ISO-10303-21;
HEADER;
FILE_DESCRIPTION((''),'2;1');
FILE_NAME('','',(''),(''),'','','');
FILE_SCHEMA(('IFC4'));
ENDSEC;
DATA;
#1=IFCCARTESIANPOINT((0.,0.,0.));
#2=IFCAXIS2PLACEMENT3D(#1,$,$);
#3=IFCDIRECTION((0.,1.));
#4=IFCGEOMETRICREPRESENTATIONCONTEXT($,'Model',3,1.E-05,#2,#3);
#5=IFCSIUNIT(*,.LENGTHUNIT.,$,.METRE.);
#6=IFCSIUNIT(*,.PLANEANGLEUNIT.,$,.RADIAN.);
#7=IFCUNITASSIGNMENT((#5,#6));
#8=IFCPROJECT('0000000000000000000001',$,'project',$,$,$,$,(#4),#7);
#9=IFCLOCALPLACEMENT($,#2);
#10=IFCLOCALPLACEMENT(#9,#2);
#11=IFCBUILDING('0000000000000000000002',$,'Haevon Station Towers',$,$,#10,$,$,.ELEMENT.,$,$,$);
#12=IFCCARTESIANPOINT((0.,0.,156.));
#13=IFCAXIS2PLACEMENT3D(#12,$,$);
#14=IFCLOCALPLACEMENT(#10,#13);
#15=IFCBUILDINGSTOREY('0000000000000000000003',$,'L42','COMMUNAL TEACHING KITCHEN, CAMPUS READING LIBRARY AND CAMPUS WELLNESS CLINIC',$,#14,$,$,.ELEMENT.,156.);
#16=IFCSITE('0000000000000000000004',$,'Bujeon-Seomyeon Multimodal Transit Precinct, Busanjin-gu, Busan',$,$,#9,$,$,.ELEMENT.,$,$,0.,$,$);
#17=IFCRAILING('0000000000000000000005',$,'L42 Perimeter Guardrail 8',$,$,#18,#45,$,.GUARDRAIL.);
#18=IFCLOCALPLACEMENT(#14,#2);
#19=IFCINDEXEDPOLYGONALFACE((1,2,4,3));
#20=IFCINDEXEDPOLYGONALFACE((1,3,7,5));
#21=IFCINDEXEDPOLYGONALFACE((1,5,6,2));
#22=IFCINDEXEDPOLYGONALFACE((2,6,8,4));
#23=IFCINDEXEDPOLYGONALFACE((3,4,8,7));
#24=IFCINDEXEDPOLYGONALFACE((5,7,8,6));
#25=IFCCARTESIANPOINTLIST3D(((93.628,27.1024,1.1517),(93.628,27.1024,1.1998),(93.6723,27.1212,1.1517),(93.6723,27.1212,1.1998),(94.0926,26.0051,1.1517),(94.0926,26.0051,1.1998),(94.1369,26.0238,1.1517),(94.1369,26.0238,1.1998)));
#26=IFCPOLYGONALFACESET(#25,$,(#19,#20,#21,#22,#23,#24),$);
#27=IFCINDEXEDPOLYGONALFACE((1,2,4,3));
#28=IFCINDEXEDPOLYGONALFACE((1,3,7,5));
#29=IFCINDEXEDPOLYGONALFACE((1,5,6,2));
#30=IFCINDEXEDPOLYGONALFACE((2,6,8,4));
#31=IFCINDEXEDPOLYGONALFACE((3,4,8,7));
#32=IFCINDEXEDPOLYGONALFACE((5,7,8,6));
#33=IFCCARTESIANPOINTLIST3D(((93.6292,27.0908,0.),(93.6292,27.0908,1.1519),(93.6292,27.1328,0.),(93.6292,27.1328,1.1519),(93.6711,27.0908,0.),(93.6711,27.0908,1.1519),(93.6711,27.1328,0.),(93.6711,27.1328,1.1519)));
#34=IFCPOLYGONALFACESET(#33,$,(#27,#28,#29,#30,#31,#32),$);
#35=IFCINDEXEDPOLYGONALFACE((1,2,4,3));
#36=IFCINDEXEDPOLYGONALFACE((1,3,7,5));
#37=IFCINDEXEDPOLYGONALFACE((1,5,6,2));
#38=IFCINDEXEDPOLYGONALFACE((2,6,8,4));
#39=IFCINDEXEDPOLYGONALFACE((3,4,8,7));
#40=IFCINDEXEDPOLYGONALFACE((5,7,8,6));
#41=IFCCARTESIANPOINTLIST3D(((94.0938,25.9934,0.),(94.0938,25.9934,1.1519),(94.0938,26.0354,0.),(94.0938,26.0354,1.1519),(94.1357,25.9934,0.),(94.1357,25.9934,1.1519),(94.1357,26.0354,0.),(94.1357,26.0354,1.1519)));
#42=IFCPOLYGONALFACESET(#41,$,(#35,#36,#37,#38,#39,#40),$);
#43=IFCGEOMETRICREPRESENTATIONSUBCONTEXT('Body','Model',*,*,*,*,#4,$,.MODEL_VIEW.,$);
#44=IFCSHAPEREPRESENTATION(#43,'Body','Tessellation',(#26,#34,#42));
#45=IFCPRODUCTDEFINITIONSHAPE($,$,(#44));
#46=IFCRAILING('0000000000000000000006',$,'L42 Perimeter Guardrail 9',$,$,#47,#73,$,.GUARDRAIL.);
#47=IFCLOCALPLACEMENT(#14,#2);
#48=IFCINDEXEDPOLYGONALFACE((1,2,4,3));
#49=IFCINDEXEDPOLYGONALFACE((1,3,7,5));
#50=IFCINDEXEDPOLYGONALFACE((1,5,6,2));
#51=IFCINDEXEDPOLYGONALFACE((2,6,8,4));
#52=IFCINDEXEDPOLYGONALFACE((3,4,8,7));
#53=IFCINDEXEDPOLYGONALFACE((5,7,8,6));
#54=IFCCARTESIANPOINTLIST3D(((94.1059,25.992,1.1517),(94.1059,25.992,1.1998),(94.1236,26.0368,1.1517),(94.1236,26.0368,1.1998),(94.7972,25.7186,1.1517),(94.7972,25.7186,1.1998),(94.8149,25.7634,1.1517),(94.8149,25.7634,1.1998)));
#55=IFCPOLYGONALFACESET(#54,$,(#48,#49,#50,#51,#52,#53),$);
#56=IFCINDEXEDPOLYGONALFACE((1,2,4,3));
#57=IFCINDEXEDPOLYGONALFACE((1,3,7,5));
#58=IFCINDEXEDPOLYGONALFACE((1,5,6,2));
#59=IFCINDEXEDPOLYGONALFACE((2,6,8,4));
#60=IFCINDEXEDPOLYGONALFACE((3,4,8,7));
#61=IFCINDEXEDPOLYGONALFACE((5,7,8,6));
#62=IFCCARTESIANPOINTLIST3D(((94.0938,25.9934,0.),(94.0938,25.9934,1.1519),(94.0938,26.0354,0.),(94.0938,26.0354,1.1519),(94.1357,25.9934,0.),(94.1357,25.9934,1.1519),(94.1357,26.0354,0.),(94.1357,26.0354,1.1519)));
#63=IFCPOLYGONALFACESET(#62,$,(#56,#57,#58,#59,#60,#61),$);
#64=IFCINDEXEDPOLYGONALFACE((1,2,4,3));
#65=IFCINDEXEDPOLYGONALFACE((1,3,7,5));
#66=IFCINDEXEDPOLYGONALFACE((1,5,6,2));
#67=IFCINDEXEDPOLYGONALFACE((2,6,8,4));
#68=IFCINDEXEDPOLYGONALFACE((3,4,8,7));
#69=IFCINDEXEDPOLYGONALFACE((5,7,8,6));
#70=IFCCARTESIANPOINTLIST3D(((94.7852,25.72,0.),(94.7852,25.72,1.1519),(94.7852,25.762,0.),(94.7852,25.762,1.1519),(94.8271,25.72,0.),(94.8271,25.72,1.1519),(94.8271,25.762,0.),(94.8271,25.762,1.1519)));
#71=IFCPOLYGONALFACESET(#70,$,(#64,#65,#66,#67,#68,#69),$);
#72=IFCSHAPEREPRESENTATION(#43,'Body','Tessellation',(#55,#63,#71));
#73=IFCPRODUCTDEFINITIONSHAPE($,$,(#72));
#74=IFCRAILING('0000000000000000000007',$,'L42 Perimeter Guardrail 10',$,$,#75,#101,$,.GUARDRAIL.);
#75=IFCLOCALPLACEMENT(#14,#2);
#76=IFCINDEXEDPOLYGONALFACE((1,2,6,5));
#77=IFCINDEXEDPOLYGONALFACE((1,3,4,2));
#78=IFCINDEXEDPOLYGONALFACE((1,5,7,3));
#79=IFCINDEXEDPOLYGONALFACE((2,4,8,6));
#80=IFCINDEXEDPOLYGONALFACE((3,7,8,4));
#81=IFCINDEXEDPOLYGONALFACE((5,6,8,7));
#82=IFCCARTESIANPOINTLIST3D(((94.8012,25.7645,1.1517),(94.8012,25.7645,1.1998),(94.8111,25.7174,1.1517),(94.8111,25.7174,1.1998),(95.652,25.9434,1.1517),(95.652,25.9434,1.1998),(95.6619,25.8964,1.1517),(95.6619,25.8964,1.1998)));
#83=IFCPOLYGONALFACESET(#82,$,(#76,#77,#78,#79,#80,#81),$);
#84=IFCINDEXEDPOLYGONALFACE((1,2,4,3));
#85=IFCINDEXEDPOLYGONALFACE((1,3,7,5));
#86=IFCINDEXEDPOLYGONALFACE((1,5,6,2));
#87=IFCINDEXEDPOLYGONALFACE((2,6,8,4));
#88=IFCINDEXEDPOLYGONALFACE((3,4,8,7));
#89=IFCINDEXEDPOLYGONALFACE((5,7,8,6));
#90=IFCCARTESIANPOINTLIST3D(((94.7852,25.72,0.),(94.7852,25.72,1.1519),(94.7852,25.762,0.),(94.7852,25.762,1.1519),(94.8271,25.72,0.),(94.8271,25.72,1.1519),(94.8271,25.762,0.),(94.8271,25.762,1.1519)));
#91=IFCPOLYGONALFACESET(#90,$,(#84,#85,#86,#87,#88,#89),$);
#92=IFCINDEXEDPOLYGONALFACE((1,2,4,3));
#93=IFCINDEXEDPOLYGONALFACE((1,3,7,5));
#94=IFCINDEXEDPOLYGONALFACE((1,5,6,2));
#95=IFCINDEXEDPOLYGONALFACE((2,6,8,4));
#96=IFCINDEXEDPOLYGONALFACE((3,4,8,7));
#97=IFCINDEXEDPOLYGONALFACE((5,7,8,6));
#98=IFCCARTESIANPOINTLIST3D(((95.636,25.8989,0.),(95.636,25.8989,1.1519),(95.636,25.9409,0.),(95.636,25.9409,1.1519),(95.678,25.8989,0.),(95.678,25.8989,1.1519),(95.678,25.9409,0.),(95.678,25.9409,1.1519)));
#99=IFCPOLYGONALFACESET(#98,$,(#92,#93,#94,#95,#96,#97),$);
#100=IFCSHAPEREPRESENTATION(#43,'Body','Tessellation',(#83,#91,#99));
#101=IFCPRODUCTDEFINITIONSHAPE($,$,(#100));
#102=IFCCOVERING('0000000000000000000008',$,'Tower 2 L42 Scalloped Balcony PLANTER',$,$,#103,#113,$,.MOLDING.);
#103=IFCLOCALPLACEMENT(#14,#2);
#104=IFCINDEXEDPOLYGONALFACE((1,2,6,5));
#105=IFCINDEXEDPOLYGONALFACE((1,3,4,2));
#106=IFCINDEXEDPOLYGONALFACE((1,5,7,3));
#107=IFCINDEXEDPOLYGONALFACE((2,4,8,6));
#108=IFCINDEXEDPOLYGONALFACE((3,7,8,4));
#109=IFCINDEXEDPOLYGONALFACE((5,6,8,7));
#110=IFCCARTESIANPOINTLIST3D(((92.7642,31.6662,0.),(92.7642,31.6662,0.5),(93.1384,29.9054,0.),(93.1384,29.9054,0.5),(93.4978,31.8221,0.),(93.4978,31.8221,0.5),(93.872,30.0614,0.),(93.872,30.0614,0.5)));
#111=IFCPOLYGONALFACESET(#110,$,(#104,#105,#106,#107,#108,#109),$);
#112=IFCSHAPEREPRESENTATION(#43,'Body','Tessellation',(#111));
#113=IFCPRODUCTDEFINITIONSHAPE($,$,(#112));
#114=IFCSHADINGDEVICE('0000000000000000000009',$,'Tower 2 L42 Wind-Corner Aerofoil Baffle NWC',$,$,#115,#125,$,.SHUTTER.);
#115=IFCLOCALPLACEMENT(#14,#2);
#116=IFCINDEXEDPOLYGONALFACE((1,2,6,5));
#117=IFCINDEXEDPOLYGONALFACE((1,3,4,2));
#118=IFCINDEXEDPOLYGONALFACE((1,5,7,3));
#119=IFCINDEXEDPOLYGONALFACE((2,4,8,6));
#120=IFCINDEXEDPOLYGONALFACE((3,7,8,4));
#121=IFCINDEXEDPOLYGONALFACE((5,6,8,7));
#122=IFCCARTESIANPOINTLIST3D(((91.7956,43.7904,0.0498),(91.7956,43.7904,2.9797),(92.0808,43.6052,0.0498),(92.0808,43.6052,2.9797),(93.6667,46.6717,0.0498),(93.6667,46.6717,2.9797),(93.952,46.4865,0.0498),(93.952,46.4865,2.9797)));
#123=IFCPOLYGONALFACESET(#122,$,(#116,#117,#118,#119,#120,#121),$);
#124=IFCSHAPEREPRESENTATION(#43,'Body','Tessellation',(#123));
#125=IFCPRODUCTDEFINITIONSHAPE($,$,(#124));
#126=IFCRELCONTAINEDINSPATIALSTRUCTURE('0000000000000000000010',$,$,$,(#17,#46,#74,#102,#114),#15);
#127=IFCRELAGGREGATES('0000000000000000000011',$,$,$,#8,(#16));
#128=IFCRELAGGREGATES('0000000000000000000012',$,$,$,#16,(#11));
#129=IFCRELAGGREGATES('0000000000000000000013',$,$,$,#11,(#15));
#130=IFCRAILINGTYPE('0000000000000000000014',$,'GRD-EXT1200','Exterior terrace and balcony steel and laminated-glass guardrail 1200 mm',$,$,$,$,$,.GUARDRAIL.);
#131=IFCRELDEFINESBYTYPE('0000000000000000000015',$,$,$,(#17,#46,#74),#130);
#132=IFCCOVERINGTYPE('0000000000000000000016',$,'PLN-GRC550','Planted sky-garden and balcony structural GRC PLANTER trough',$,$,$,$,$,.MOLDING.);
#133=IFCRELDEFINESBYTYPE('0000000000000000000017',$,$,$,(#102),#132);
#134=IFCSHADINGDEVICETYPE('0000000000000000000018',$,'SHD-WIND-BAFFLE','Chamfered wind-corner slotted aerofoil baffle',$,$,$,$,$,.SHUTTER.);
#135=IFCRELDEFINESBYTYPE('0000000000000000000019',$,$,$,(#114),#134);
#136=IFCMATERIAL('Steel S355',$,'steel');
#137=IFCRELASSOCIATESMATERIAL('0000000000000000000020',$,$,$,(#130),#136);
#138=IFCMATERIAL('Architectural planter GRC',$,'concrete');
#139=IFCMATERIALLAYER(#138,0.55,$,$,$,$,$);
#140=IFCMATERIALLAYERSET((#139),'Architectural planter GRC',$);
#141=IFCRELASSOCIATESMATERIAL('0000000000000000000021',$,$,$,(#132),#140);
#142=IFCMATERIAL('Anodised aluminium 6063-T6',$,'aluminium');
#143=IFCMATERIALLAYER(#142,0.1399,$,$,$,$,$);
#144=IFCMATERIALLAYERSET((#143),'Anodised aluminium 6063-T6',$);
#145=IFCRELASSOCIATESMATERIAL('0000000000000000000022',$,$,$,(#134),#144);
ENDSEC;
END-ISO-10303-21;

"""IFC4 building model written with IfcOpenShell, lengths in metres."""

from ifc_helpers import new_model, si_unit, direction, frame, origin, origin_2d, place, context, subcontext, project, spatial, rectangle, extrude, material, layer, layer_set, type_object, element, save


model = new_model("IFC4")

# Units and contexts
model_context = context("Model", 3, precision=1e-05, world=origin(), true_north=direction((0.0, 1.0)))
body_context = subcontext(model_context, "Body", "Model", "MODEL_VIEW")
ifc_project = project(units=[si_unit("LENGTHUNIT", "METRE"), si_unit("PLANEANGLEUNIT", "RADIAN")], contexts=[model_context])

# Site, building, storey
site_placement = place(None, origin())
site = spatial("IfcSite", under=ifc_project, at=site_placement, Name="Bujeon-Seomyeon Multimodal Transit Precinct, Busanjin-gu, Busan", CompositionType="ELEMENT", RefElevation=0.0)
building_placement = place(site_placement, origin())
building = spatial("IfcBuilding", under=site, at=building_placement, Name="Haevon Station Towers", CompositionType="ELEMENT")
storey_placement = place(building_placement, frame((0.0, 0.0, 156.0)))
storey = spatial("IfcBuildingStorey", under=building, at=storey_placement, Name="L42", Description="COMMUNAL TEACHING KITCHEN, CAMPUS READING LIBRARY AND CAMPUS WELLNESS CLINIC", CompositionType="ELEMENT", Elevation=156.0)

# Shared definitions
ifc_material_1 = material(Name="Steel S355", Category="steel")

# Railings
railing_type = type_object("IfcRailingType", Name="GRD-EXT1200", Description="Exterior terrace and balcony steel and laminated-glass guardrail 1200 mm", PredefinedType="GUARDRAIL", material=ifc_material_1)
railing_1_placement = place(storey_placement, frame((93.6501, 27.1118, 0.0)))
element("IfcRailing", 1, at=railing_1_placement, inside=storey, type_object=railing_type, Name="L42 Perimeter Guardrail 8", PredefinedType="GUARDRAIL", context=body_context, shape_type="SweptSolid", body=[
    extrude(rectangle(XDim=0.0481, YDim=0.0481, at=origin_2d()), frame((0.0, 0.0, 1.1758), z_axis=(0.389861, -0.920874, 0.0), x_axis=(0.920874, 0.389861, 0.0)), (0.0, 0.0, 1.0), 1.1917),
    extrude(rectangle(XDim=0.042, YDim=0.042, at=origin_2d()), origin(), (0.0, 0.0, 1.0), 1.1519),
    extrude(rectangle(XDim=0.042, YDim=0.042, at=origin_2d()), frame((0.4646, -1.0974, 0.0)), (0.0, 0.0, 1.0), 1.1519),
])
railing_2_placement = place(storey_placement, frame((94.1147, 26.0144, 0.0)))
element("IfcRailing", 2, at=railing_2_placement, inside=storey, type_object=railing_type, Name="L42 Perimeter Guardrail 9", PredefinedType="GUARDRAIL", context=body_context, shape_type="SweptSolid", body=[
    extrude(rectangle(XDim=0.0481, YDim=0.0481, at=origin_2d()), frame((0.0, 0.0, 1.1758), z_axis=(0.929919, -0.367765, 0.0), x_axis=(0.367765, 0.929919, 0.0)), (0.0, 0.0, 1.0), 0.7434),
    extrude(rectangle(XDim=0.042, YDim=0.042, at=origin_2d()), origin(), (0.0, 0.0, 1.0), 1.1519),
    extrude(rectangle(XDim=0.042, YDim=0.042, at=origin_2d()), frame((0.6914, -0.2734, 0.0)), (0.0, 0.0, 1.0), 1.1519),
])
railing_3_placement = place(storey_placement, frame((94.8062, 25.741, 0.0)))
element("IfcRailing", 3, at=railing_3_placement, inside=storey, type_object=railing_type, Name="L42 Perimeter Guardrail 10", PredefinedType="GUARDRAIL", context=body_context, shape_type="SweptSolid", body=[
    extrude(rectangle(XDim=0.0481, YDim=0.0481, at=origin_2d()), frame((0.0, 0.0, 1.1758), z_axis=(0.978588, 0.205827, 0.0), x_axis=(-0.205827, 0.978588, 0.0)), (0.0, 0.0, 1.0), 0.8694),
    extrude(rectangle(XDim=0.042, YDim=0.042, at=origin_2d()), origin(), (0.0, 0.0, 1.0), 1.1519),
    extrude(rectangle(XDim=0.042, YDim=0.042, at=origin_2d()), frame((0.8508, 0.179, 0.0)), (0.0, 0.0, 1.0), 1.1519),
])

# Covering
ifc_material_2 = material(Name="Architectural planter GRC", Category="concrete")
ifc_layer_1 = layer(ifc_material_2, 0.55)
ifc_layer_set_1 = layer_set([ifc_layer_1], Name="Architectural planter GRC")
covering_type = type_object("IfcCoveringType", Name="PLN-GRC550", Description="Planted sky-garden and balcony structural GRC PLANTER trough", PredefinedType="MOLDING", material=ifc_layer_set_1)
covering_placement = place(storey_placement, frame((93.3181, 30.8638, 0.0), z_axis=(0.0, 0.0, 1.0), x_axis=(0.978148, 0.207912, 0.0)))
element("IfcCovering", 4, at=covering_placement, inside=storey, type_object=covering_type, Name="Tower 2 L42 Scalloped Balcony PLANTER", PredefinedType="MOLDING", context=body_context, shape_type="SweptSolid", body=[
    extrude(rectangle(XDim=0.75, YDim=1.8, at=origin_2d()), origin(), (0.0, 0.0, 1.0), 0.5),
])

# Shading device
ifc_material_3 = material(Name="Anodised aluminium 6063-T6", Category="aluminium")
ifc_layer_2 = layer(ifc_material_3, 0.1399)
ifc_layer_set_2 = layer_set([ifc_layer_2], Name="Anodised aluminium 6063-T6")
shading_device_type = type_object("IfcShadingDeviceType", Name="SHD-WIND-BAFFLE", Description="Chamfered wind-corner slotted aerofoil baffle", PredefinedType="SHUTTER", material=ifc_layer_set_2)
shading_device_placement = place(storey_placement, frame((92.8738, 45.1384, 0.0498), z_axis=(0.0, 0.0, 1.0), x_axis=(0.544639, 0.838671, 0.0)))
element("IfcShadingDevice", 5, at=shading_device_placement, inside=storey, type_object=shading_device_type, Name="Tower 2 L42 Wind-Corner Aerofoil Baffle NWC", PredefinedType="SHUTTER", context=body_context, shape_type="SweptSolid", body=[
    extrude(rectangle(XDim=3.4355, YDim=0.3401, at=origin_2d()), origin(), (0.0, 0.0, 1.0), 2.9299),
])

save(model, "model.ifc")
